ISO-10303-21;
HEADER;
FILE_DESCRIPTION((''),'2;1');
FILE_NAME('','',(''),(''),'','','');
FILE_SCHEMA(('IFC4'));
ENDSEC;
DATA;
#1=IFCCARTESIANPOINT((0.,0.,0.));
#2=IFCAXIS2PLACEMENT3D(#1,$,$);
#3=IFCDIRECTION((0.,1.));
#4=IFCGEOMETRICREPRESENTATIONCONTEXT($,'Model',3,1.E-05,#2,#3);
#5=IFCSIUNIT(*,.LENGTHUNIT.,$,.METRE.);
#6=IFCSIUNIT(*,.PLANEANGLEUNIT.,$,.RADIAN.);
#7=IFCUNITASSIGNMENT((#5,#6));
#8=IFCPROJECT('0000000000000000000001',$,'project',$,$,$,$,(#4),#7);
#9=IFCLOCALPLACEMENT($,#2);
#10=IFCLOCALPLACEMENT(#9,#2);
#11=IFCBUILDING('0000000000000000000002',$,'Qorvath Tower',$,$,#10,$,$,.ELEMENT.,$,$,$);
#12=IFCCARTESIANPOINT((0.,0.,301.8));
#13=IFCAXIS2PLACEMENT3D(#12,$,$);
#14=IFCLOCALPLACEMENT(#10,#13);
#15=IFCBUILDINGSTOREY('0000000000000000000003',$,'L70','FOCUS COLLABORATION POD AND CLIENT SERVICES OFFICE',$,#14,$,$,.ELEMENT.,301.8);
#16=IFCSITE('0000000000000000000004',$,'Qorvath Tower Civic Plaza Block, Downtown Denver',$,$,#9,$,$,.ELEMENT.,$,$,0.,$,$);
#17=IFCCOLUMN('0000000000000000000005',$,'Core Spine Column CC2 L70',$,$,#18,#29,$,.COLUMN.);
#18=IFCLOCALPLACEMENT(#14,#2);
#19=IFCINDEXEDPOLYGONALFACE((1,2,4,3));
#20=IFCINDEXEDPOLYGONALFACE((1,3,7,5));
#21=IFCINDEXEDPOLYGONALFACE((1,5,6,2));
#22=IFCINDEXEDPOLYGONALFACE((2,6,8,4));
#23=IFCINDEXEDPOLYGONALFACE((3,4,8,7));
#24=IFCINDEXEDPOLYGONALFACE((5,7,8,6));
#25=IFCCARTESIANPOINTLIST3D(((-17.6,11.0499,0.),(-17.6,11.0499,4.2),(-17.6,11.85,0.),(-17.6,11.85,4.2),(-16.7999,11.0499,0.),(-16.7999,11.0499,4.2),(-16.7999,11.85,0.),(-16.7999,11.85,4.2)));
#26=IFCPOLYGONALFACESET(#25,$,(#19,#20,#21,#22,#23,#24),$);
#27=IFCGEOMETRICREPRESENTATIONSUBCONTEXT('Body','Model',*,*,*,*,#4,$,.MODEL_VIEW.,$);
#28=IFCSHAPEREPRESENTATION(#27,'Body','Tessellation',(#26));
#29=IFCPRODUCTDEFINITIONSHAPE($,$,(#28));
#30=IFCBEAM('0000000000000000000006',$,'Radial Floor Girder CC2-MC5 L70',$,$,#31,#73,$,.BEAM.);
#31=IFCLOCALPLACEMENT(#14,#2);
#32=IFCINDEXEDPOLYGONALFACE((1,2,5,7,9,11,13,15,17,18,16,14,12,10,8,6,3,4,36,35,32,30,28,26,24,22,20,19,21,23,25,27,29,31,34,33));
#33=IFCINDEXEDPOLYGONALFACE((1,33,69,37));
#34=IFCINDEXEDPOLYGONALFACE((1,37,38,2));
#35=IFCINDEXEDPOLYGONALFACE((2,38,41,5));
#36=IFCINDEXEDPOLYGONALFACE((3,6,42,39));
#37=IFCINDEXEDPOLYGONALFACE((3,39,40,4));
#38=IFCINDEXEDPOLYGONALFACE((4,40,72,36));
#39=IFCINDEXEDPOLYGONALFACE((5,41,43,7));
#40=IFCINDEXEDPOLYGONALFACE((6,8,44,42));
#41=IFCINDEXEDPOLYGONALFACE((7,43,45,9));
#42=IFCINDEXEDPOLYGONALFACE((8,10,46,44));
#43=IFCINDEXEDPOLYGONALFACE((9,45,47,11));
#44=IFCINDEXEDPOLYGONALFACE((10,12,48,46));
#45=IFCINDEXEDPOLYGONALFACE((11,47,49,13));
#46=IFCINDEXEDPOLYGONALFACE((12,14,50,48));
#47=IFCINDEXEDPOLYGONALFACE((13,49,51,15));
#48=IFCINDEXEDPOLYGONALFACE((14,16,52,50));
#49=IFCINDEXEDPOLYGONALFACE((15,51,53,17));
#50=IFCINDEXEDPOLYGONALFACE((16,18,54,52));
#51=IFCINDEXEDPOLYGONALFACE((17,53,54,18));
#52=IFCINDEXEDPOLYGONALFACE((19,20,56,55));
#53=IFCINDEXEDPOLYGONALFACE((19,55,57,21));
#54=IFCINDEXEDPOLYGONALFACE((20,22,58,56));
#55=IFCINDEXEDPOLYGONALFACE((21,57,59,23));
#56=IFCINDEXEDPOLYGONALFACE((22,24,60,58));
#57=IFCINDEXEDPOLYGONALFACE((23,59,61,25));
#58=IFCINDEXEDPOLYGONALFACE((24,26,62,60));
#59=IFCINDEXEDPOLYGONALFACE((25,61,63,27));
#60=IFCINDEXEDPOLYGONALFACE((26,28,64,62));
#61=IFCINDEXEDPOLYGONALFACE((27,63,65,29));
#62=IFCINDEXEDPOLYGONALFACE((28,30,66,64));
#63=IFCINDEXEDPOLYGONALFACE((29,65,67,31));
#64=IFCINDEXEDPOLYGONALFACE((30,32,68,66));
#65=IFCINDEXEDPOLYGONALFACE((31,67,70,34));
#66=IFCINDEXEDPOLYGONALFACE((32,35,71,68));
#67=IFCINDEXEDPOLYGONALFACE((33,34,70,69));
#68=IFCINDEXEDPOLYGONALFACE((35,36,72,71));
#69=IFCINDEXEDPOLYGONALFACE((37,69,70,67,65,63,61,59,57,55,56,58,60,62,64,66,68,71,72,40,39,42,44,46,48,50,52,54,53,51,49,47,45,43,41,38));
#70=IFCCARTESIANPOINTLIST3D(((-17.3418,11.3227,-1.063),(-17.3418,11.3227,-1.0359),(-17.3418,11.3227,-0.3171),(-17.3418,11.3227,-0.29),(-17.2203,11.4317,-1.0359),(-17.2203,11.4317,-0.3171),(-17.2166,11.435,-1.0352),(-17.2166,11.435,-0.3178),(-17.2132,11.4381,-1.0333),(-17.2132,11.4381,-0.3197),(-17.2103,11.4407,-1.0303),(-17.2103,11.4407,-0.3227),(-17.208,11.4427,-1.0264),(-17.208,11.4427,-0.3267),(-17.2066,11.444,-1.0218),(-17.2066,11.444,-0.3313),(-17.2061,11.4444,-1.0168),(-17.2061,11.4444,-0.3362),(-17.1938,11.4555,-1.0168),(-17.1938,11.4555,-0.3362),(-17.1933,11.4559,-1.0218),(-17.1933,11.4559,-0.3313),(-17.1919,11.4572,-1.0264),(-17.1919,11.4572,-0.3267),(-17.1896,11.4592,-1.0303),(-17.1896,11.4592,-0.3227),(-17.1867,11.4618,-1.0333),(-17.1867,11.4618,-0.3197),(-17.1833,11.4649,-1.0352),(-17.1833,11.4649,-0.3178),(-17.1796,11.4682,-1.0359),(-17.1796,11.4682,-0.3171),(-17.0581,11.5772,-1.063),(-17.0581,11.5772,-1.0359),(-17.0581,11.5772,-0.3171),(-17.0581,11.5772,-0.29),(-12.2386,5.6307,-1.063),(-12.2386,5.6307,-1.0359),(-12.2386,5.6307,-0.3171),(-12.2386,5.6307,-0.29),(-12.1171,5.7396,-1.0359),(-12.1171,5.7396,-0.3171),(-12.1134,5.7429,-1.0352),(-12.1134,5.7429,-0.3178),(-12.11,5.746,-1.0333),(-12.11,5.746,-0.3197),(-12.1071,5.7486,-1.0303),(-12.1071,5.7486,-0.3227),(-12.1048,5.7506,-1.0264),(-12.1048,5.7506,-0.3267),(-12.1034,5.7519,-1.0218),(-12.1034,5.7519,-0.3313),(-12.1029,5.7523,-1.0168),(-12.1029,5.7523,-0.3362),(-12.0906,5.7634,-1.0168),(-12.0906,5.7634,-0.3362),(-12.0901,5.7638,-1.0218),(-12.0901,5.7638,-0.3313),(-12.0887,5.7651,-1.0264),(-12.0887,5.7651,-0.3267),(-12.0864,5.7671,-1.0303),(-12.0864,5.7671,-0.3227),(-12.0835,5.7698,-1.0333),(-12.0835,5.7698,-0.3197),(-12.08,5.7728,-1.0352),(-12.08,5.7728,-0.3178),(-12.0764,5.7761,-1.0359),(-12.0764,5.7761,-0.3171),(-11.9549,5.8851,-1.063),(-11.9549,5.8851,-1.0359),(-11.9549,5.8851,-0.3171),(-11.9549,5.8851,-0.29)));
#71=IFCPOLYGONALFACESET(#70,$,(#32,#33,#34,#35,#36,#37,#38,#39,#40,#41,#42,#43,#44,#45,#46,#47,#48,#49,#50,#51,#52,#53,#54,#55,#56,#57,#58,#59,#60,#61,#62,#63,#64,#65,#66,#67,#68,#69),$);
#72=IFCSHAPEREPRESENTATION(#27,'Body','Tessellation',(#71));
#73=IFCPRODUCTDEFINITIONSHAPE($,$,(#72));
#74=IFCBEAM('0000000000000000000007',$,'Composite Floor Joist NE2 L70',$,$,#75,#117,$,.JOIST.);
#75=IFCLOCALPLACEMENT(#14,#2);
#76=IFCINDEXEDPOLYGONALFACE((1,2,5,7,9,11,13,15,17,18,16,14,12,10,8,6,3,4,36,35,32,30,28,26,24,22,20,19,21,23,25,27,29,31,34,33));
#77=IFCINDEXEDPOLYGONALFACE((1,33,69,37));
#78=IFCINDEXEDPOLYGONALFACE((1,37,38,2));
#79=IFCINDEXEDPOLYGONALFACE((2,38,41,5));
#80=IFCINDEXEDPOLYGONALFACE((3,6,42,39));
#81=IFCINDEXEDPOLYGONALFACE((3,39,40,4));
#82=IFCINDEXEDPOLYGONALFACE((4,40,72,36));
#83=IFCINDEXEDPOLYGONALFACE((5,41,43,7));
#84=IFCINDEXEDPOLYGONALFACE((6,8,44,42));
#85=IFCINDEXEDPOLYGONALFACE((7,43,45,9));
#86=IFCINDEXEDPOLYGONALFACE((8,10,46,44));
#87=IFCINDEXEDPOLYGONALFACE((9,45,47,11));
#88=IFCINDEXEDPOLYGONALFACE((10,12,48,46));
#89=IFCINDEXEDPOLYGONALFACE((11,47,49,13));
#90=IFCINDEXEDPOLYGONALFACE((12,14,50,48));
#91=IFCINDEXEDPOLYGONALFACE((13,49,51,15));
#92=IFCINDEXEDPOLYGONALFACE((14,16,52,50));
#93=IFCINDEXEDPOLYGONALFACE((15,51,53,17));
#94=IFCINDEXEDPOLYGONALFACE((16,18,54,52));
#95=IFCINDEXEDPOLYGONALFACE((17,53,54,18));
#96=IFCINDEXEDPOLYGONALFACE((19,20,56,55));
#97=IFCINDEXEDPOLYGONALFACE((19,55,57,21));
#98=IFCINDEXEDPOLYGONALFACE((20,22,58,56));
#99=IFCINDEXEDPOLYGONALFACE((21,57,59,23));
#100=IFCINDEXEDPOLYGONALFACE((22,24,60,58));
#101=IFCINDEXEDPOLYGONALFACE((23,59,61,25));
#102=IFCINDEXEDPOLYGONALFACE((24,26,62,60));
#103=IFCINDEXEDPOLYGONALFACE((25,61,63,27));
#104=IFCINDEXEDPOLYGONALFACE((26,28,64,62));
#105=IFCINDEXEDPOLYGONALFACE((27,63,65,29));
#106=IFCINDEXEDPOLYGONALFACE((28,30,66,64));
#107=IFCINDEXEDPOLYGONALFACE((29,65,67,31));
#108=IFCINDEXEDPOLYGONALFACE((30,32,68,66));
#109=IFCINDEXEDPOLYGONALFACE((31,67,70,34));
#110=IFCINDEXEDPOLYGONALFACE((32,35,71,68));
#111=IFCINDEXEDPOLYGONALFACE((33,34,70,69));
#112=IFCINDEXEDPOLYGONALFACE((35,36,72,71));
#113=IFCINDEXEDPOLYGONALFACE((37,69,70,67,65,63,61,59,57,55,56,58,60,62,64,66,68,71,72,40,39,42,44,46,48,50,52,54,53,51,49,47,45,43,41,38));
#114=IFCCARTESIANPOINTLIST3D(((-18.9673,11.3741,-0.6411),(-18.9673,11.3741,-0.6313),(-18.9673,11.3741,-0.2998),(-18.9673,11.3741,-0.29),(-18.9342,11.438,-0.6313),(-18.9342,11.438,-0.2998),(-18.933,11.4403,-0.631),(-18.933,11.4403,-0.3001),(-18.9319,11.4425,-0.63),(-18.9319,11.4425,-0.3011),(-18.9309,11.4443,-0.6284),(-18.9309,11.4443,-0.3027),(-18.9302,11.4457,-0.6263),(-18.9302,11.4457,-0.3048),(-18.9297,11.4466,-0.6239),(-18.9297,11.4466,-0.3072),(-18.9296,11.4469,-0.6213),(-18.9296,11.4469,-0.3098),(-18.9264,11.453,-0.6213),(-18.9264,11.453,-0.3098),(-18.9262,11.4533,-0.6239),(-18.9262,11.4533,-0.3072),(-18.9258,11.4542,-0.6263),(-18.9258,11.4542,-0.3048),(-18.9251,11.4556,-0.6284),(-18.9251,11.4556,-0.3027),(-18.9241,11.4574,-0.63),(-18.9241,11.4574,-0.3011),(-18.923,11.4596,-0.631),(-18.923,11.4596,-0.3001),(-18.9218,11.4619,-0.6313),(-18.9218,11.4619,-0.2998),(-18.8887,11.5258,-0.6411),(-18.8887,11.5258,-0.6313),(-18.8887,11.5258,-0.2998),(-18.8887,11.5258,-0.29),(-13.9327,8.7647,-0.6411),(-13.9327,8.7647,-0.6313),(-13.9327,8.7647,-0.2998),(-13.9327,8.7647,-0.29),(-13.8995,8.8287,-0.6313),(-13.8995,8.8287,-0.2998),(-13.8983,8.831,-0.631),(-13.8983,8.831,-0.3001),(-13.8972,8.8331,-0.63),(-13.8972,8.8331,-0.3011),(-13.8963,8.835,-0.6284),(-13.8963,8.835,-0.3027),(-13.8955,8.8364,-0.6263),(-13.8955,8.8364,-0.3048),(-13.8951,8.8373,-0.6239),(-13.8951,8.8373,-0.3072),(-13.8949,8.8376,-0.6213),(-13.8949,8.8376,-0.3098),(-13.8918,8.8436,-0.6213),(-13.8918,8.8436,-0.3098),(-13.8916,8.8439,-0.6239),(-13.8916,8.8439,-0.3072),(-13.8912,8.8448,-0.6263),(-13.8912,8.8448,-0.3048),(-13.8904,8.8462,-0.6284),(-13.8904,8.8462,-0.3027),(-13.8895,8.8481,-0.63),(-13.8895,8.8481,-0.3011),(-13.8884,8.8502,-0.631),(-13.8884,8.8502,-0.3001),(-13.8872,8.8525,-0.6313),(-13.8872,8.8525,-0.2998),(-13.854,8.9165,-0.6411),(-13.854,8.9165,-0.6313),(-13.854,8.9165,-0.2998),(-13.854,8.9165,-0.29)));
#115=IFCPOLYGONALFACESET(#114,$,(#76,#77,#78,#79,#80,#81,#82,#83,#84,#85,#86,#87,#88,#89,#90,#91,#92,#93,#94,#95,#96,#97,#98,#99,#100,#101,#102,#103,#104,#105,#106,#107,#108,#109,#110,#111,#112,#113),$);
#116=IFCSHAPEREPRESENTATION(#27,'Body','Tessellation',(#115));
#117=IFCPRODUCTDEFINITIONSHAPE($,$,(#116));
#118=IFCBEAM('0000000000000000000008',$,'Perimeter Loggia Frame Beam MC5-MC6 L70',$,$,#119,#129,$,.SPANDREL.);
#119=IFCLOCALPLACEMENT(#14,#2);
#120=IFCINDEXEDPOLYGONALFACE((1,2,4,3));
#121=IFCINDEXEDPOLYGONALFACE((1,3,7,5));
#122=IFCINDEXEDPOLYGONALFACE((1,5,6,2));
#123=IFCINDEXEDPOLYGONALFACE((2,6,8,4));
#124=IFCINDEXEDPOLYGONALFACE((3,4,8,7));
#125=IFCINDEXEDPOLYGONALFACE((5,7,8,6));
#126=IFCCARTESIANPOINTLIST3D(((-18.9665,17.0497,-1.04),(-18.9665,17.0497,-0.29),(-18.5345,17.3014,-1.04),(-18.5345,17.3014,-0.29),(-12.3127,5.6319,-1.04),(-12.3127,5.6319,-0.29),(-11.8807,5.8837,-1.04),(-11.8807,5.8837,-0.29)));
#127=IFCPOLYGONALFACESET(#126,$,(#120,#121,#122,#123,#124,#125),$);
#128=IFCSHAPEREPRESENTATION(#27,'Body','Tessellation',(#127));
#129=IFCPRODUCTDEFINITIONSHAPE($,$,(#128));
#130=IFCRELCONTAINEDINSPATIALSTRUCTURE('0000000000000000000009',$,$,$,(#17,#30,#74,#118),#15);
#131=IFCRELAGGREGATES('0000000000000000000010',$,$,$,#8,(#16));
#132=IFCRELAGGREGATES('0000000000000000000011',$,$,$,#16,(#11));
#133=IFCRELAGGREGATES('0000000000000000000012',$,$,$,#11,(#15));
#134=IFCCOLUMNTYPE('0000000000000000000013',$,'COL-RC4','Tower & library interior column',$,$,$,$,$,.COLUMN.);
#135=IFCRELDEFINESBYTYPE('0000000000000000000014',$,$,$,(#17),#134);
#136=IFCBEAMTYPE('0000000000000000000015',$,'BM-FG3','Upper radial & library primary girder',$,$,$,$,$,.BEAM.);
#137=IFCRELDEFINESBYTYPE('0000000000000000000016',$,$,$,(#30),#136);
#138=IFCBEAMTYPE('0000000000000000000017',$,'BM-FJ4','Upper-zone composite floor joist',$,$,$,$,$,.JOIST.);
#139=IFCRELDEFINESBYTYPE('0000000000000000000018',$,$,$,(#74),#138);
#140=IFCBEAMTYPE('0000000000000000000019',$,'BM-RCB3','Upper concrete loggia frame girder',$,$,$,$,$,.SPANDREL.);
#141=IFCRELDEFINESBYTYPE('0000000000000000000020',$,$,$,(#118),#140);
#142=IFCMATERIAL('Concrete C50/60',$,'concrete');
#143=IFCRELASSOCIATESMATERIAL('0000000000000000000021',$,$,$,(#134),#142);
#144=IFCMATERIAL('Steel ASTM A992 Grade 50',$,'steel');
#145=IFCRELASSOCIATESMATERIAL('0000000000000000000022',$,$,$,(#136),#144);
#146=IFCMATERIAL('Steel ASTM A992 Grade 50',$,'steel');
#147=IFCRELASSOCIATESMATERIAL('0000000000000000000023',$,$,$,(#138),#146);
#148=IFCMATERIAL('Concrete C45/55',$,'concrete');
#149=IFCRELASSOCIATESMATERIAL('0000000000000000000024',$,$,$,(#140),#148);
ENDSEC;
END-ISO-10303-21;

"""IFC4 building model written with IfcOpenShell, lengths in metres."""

from ifc_helpers import new_model, si_unit, direction, frame, origin, origin_2d, place, context, subcontext, project, spatial, rectangle, i_section, extrude, material, material_profile, profile_set, type_object, element, save


model = new_model("IFC4")

# Units and contexts
model_context = context("Model", 3, precision=1e-05, world=origin(), true_north=direction((0.0, 1.0)))
body_context = subcontext(model_context, "Body", "Model", "MODEL_VIEW")
ifc_project = project(units=[si_unit("LENGTHUNIT", "METRE"), si_unit("PLANEANGLEUNIT", "RADIAN")], contexts=[model_context])

# Site, building, storey
site_placement = place(None, origin())
site = spatial("IfcSite", under=ifc_project, at=site_placement, Name="Qorvath Tower Civic Plaza Block, Downtown Denver", CompositionType="ELEMENT", RefElevation=0.0)
building_placement = place(site_placement, origin())
building = spatial("IfcBuilding", under=site, at=building_placement, Name="Qorvath Tower", CompositionType="ELEMENT")
storey_placement = place(building_placement, frame((0.0, 0.0, 301.8)))
storey = spatial("IfcBuildingStorey", under=building, at=storey_placement, Name="L70", Description="FOCUS COLLABORATION POD AND CLIENT SERVICES OFFICE", CompositionType="ELEMENT", Elevation=301.8)

# Column
ifc_material_1 = material(Name="Concrete C50/60", Category="concrete")
ifc_material_profile_1 = material_profile(ifc_material_1, rectangle(XDim=0.8, YDim=0.8, at=origin_2d()), Name="RC 800x800")
ifc_profile_set_1 = profile_set([ifc_material_profile_1], Name="Concrete C50/60")
column_type = type_object("IfcColumnType", Name="COL-RC4", Description="Tower & library interior column", PredefinedType="COLUMN", material=ifc_profile_set_1)
column_placement = place(storey_placement, frame((-17.2, 11.45, 0.0), z_axis=(0.0, 0.0, 1.0), x_axis=(1.0, 0.0, 0.0)))
element("IfcColumn", 1, at=column_placement, inside=storey, type_object=column_type, Name="Core Spine Column CC2 L70", PredefinedType="COLUMN", context=body_context, shape_type="SweptSolid", body=[
    extrude(rectangle(XDim=0.8, YDim=0.8, at=origin_2d()), origin(), (0.0, 0.0, 1.0), 4.2),
])

# Beams
ifc_material_2 = material(Name="Steel ASTM A992 Grade 50", Category="steel")
ifc_material_profile_2 = material_profile(ifc_material_2, i_section(OverallWidth=0.3811, OverallDepth=0.7729, WebThickness=0.0166, FlangeThickness=0.0271, FilletRadius=0.019, at=origin_2d()), Name="W30x173")
ifc_profile_set_2 = profile_set([ifc_material_profile_2], Name="Steel ASTM A992 Grade 50")
beam_type_1 = type_object("IfcBeamType", Name="BM-FG3", Description="Upper radial & library primary girder", PredefinedType="BEAM", material=ifc_profile_set_2)
beam_1_placement = place(storey_placement, frame((-17.2, 11.45, -0.6765), z_axis=(0.667543, -0.744571, 0.0), x_axis=(0.744571, 0.667543, 0.0)))
element("IfcBeam", 2, at=beam_1_placement, inside=storey, type_object=beam_type_1, Name="Radial Floor Girder CC2-MC5 L70", PredefinedType="BEAM", context=body_context, shape_type="SweptSolid", body=[
    extrude(i_section(OverallWidth=0.3811, OverallDepth=0.7729, WebThickness=0.0166, FlangeThickness=0.0271, FilletRadius=0.019, at=origin_2d()), origin(), (0.0, 0.0, 1.0), 7.6448),
])
ifc_material_3 = material(Name="Steel ASTM A992 Grade 50", Category="steel")
ifc_material_profile_3 = material_profile(ifc_material_3, i_section(OverallWidth=0.1709, OverallDepth=0.3511, WebThickness=0.0068, FlangeThickness=0.0098, FilletRadius=0.01, at=origin_2d()), Name="W14x30")
ifc_profile_set_3 = profile_set([ifc_material_profile_3], Name="Steel ASTM A992 Grade 50")
beam_type_2 = type_object("IfcBeamType", Name="BM-FJ4", Description="Upper-zone composite floor joist", PredefinedType="JOIST", material=ifc_profile_set_3)
beam_2_placement = place(storey_placement, frame((-18.928, 11.45, -0.4656), z_axis=(0.887841, -0.460151, 0.0), x_axis=(0.460151, 0.887841, 0.0)))
element("IfcBeam", 3, at=beam_2_placement, inside=storey, type_object=beam_type_2, Name="Composite Floor Joist NE2 L70", PredefinedType="JOIST", context=body_context, shape_type="SweptSolid", body=[
    extrude(i_section(OverallWidth=0.1709, OverallDepth=0.3511, WebThickness=0.0068, FlangeThickness=0.0098, FilletRadius=0.01, at=origin_2d()), origin(), (0.0, 0.0, 1.0), 5.6707),
])
ifc_material_4 = material(Name="Concrete C45/55", Category="concrete")
ifc_material_profile_4 = material_profile(ifc_material_4, rectangle(XDim=0.5, YDim=0.75, at=origin_2d()), Name="RCB 750x500")
ifc_profile_set_4 = profile_set([ifc_material_profile_4], Name="Concrete C45/55")
beam_type_3 = type_object("IfcBeamType", Name="BM-RCB3", Description="Upper concrete loggia frame girder", PredefinedType="SPANDREL", material=ifc_profile_set_4)
beam_3_placement = place(storey_placement, frame((-12.0967, 5.7578, -0.665), z_axis=(-0.503502, 0.863994, 0.0), x_axis=(-0.863994, -0.503502, 0.0)))
element("IfcBeam", 4, at=beam_3_placement, inside=storey, type_object=beam_type_3, Name="Perimeter Loggia Frame Beam MC5-MC6 L70", PredefinedType="SPANDREL", context=body_context, shape_type="SweptSolid", body=[
    extrude(rectangle(XDim=0.5, YDim=0.75, at=origin_2d()), origin(), (0.0, 0.0, 1.0), 13.2151),
])

save(model, "model.ifc")
